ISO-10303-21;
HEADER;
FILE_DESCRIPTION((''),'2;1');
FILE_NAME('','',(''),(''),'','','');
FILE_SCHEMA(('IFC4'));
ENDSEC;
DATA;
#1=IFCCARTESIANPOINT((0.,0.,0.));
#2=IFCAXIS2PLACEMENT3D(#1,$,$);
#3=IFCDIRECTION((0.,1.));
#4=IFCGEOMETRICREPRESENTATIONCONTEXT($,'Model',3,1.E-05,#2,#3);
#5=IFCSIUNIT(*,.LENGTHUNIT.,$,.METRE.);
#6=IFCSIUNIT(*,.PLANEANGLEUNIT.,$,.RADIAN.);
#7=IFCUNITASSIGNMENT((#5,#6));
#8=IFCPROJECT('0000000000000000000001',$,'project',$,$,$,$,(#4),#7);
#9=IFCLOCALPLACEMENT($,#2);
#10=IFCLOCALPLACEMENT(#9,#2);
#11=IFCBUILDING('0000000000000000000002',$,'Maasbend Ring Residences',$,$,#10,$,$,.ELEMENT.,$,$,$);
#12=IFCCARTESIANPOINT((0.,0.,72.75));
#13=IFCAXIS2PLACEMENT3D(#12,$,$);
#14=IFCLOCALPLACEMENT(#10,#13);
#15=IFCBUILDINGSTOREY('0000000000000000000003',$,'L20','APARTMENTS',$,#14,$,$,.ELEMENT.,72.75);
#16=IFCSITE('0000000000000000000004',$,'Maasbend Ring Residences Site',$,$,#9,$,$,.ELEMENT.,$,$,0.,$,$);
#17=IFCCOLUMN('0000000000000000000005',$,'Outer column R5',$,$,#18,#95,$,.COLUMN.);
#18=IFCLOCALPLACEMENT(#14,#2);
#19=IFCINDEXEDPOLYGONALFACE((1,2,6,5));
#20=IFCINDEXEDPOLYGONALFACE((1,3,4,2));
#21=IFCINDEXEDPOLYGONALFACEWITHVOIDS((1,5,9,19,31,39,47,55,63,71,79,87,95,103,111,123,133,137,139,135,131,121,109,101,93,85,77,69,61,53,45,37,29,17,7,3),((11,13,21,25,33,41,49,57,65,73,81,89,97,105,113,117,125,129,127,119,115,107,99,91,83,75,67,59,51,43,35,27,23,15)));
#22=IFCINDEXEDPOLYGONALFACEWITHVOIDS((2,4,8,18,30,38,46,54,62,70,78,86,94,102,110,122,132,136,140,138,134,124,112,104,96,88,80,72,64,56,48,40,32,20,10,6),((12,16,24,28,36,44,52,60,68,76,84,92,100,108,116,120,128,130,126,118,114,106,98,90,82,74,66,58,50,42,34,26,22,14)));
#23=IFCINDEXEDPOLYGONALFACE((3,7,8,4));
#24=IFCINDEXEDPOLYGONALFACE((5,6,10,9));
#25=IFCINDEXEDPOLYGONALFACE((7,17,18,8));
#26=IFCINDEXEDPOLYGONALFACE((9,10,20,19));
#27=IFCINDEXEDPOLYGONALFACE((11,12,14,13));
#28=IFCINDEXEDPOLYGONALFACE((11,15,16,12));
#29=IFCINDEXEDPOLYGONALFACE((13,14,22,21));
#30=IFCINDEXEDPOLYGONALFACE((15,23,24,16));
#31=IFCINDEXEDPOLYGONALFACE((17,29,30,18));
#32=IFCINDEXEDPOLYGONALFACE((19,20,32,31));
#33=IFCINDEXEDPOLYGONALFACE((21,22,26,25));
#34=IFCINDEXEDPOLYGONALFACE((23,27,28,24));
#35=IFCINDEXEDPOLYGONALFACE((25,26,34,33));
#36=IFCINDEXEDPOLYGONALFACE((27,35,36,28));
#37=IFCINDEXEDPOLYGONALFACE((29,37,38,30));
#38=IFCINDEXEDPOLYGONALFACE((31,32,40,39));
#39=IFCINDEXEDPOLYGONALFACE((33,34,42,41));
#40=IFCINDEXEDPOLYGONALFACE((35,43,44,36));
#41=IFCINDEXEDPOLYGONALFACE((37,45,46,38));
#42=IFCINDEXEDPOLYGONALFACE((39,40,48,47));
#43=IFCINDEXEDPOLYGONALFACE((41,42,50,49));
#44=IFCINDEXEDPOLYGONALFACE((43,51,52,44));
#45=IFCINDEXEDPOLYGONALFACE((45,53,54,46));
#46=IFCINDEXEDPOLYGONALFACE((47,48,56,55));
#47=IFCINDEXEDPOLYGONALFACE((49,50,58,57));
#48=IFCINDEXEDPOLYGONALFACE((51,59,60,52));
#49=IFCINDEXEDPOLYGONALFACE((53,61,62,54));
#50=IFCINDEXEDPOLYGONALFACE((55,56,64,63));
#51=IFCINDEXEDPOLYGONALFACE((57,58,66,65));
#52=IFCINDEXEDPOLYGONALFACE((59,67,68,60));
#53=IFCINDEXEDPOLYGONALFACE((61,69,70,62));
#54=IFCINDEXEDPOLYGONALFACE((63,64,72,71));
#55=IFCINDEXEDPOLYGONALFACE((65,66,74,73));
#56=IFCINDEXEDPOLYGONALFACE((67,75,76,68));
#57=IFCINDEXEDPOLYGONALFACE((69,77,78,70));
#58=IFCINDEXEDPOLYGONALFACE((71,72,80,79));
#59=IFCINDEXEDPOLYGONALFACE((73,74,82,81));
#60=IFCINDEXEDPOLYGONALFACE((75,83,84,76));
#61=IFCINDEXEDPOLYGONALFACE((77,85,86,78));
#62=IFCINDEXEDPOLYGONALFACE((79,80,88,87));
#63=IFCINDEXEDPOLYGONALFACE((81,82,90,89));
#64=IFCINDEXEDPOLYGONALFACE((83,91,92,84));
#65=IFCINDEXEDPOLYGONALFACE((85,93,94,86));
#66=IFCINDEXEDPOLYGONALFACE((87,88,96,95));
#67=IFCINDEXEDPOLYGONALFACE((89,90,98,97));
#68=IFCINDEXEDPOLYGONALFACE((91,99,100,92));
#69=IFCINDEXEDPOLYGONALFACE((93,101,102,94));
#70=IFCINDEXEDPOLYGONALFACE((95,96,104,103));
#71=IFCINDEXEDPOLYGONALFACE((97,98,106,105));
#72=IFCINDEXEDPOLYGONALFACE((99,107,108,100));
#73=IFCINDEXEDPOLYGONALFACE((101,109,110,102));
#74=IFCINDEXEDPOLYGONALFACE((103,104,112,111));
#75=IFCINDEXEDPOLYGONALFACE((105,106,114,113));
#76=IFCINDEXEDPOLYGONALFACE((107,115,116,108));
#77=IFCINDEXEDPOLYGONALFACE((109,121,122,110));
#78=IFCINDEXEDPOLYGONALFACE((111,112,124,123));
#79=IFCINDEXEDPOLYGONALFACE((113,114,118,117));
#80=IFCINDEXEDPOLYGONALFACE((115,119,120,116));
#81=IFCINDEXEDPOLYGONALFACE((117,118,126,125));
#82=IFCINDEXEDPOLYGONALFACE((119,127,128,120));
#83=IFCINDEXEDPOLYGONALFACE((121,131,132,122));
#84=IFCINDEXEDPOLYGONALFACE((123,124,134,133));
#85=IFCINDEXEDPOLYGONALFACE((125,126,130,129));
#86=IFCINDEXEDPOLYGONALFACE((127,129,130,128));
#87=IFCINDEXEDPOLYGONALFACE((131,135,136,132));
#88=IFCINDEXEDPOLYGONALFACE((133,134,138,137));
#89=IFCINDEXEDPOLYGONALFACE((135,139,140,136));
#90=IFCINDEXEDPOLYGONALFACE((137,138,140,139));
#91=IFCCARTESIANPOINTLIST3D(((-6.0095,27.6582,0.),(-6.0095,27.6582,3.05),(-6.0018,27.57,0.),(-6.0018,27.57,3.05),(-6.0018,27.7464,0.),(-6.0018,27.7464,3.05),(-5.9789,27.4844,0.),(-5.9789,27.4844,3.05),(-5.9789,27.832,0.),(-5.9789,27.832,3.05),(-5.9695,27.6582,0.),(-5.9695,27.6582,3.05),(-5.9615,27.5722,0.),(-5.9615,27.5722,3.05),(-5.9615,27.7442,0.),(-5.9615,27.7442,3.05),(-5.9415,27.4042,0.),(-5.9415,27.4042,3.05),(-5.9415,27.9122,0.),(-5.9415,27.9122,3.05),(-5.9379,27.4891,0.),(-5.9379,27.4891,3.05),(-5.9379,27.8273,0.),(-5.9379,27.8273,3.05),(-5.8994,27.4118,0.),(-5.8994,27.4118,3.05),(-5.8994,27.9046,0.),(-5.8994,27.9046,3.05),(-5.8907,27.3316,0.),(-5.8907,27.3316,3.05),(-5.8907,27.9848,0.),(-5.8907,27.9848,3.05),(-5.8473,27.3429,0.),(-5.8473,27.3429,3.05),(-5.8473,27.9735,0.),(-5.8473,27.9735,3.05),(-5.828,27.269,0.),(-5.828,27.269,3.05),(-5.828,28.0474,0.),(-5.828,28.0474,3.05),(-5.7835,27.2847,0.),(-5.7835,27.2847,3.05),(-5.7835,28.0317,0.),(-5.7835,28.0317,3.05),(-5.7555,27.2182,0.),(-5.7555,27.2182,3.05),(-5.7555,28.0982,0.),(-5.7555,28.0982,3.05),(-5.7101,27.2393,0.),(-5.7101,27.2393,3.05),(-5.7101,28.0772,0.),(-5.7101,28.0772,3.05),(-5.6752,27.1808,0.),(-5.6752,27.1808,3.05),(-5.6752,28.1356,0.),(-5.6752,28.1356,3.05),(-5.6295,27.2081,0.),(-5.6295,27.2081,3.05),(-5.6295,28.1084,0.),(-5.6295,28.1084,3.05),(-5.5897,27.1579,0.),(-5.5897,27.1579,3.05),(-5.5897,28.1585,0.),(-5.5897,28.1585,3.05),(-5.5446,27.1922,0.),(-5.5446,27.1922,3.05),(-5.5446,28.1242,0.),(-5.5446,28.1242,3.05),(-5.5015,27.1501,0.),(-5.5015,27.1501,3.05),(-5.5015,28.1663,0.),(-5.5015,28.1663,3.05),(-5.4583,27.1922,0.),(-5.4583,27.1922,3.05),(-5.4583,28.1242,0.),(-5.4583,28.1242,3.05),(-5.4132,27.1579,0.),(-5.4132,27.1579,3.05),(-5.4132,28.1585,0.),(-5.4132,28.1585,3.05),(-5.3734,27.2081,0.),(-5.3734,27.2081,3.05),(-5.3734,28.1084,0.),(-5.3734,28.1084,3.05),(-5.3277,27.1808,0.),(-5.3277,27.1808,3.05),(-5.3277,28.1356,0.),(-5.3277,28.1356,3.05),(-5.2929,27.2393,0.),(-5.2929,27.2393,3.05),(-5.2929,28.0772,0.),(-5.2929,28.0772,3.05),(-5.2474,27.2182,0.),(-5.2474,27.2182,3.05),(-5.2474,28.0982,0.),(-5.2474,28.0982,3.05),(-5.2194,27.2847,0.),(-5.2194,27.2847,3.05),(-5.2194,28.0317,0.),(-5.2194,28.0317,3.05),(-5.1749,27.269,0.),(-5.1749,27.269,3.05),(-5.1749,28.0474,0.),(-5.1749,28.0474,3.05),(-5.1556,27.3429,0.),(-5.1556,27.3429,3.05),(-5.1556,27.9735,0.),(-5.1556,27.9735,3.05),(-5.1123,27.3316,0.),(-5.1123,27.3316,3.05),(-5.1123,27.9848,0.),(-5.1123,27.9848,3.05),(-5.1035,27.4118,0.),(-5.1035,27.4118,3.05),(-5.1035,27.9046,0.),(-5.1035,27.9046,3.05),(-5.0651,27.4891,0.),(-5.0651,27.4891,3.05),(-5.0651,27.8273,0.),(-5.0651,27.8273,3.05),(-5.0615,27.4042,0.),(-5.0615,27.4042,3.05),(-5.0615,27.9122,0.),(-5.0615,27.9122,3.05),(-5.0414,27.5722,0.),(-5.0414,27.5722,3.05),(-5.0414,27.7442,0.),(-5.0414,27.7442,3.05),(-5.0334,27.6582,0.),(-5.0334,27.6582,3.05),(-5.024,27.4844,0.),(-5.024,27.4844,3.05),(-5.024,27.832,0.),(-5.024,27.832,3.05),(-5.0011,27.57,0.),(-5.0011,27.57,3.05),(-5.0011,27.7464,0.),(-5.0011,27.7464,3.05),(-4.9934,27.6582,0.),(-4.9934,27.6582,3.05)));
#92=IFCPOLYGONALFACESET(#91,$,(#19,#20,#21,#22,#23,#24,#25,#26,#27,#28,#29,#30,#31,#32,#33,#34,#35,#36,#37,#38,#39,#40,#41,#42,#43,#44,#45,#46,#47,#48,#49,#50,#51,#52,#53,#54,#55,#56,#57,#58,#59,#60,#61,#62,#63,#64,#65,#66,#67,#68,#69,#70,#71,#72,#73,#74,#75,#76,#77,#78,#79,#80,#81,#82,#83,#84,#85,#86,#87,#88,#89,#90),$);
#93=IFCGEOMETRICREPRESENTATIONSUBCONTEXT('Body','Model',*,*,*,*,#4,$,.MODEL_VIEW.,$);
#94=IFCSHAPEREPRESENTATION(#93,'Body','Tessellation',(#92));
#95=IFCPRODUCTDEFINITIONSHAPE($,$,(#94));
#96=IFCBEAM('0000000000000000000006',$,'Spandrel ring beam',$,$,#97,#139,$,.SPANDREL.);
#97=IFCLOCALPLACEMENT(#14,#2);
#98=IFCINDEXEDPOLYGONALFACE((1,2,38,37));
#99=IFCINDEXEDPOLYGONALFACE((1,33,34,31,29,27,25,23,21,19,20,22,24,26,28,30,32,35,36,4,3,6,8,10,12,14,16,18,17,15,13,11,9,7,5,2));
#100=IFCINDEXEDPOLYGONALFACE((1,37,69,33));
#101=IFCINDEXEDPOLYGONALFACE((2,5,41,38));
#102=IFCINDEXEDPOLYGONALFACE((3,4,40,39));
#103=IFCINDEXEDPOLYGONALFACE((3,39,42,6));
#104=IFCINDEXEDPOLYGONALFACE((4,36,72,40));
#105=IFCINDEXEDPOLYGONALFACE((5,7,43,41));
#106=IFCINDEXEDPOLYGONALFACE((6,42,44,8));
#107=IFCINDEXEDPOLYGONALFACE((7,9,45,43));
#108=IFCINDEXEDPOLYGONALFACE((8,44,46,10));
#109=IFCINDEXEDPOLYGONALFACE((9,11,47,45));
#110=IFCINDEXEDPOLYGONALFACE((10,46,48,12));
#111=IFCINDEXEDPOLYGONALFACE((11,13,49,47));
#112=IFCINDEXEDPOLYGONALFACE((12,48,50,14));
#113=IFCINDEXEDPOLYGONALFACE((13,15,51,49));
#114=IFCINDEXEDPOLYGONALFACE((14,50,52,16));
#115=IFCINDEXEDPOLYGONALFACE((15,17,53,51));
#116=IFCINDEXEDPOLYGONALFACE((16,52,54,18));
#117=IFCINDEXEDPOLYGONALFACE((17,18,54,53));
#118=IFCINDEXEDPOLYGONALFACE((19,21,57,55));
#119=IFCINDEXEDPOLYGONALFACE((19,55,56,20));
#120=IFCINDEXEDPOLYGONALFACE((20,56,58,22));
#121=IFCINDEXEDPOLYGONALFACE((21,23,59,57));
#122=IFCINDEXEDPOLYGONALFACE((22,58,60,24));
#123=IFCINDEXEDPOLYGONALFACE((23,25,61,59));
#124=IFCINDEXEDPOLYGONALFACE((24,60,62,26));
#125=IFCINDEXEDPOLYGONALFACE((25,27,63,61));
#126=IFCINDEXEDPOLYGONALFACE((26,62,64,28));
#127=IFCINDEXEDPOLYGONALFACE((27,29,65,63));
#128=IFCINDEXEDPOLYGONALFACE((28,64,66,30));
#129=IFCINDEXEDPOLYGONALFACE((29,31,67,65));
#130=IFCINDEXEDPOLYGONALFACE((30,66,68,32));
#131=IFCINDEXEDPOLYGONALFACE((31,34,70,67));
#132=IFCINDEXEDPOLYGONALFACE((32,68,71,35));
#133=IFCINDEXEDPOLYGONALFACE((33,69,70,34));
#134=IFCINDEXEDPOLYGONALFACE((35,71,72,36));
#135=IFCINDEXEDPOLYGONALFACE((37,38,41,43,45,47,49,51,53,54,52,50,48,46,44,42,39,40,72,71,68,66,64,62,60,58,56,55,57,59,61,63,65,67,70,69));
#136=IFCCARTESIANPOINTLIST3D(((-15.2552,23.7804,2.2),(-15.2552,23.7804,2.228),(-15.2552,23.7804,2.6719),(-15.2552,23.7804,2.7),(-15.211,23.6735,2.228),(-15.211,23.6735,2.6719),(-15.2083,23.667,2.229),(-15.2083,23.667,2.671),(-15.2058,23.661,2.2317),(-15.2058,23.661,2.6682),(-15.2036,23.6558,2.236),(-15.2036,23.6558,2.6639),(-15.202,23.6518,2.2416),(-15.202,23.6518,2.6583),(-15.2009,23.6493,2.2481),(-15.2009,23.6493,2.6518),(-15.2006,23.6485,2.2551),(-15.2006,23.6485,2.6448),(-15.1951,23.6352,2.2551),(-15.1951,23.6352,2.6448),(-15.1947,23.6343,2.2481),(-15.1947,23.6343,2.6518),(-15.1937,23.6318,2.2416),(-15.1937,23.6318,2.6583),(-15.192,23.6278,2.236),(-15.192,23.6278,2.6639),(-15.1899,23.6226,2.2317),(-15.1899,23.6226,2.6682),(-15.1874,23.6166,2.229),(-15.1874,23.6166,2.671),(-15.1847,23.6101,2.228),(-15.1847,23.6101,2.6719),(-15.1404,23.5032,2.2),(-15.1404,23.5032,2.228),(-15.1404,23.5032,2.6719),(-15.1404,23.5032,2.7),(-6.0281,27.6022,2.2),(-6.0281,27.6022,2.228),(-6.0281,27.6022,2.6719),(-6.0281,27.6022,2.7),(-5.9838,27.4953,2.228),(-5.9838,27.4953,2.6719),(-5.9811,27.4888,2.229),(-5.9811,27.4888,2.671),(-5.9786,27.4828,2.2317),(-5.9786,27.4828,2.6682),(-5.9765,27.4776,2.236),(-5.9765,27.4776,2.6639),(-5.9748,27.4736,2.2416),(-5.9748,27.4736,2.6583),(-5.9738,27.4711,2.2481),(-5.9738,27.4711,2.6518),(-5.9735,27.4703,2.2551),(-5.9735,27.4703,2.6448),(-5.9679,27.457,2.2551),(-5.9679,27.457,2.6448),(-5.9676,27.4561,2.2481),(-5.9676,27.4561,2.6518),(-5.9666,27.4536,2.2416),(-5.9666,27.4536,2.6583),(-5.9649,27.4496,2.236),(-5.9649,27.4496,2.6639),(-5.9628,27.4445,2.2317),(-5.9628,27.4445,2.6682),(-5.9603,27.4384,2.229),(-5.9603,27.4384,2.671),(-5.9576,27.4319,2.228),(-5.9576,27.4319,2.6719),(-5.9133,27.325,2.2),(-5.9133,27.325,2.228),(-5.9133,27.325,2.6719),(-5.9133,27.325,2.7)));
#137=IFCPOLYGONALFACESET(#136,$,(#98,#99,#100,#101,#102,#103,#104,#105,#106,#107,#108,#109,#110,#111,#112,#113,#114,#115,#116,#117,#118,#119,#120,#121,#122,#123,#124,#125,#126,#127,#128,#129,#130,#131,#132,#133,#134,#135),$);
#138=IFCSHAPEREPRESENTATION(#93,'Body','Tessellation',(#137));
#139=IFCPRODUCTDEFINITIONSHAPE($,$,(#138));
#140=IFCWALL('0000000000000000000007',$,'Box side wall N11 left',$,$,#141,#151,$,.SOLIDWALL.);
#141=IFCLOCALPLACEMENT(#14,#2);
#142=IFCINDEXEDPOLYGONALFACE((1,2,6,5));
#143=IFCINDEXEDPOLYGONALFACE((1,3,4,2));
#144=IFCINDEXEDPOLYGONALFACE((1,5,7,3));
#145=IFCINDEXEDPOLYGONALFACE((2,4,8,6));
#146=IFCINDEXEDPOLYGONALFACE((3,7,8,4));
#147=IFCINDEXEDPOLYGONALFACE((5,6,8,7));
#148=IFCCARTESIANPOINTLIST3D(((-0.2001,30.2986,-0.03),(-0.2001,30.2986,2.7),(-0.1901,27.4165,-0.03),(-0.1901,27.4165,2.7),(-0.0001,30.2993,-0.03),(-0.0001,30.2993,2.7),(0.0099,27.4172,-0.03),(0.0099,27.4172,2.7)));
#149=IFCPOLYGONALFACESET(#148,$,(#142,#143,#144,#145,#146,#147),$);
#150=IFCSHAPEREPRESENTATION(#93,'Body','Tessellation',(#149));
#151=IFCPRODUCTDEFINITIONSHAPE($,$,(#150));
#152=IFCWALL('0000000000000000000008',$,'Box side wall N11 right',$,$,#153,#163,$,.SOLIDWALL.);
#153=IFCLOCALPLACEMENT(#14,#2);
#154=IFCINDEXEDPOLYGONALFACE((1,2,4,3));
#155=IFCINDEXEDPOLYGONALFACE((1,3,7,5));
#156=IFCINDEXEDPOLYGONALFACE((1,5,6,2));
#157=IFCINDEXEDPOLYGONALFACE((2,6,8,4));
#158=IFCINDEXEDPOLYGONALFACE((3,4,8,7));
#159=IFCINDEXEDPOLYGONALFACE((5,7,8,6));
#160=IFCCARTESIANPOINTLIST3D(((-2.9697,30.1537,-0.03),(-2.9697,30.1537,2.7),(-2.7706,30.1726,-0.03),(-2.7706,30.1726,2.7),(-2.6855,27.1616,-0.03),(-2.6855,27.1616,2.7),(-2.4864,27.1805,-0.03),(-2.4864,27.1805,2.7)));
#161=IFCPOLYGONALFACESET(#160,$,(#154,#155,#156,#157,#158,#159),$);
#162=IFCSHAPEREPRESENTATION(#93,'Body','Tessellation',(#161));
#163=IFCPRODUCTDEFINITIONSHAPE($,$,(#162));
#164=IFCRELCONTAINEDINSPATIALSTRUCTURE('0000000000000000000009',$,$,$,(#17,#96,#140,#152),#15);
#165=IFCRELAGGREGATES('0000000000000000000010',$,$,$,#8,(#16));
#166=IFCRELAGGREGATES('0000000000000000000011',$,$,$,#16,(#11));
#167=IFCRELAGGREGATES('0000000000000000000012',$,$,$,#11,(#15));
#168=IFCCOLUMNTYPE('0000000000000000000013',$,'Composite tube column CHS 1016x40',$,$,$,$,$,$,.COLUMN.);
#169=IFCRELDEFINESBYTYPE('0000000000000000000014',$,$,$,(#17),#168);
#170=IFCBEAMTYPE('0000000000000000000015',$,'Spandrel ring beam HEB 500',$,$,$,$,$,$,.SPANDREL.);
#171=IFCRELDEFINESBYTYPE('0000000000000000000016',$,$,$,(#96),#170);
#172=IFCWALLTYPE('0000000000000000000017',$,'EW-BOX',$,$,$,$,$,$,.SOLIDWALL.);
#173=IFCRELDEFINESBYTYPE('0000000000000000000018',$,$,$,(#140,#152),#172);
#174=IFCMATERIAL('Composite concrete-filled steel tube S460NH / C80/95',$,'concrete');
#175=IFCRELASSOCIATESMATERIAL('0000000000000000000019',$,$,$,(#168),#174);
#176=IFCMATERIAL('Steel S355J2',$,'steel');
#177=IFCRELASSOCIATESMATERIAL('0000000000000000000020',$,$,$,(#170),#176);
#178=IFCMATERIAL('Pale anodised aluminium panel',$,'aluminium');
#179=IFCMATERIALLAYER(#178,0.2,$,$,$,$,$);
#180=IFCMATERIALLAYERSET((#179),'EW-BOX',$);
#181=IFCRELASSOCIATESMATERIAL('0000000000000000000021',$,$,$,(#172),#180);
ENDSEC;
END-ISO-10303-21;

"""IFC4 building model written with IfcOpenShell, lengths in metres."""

from ifc_helpers import new_model, si_unit, direction, frame, frame_2d, origin, origin_2d, place, context, subcontext, project, spatial, rectangle, hollow_circle, i_section, extrude, material, layer, layer_set, material_profile, profile_set, type_object, element, save


model = new_model("IFC4")

# Units and contexts
model_context = context("Model", 3, precision=1e-05, world=origin(), true_north=direction((0.0, 1.0)))
body_context = subcontext(model_context, "Body", "Model", "MODEL_VIEW")
ifc_project = project(units=[si_unit("LENGTHUNIT", "METRE"), si_unit("PLANEANGLEUNIT", "RADIAN")], contexts=[model_context])

# Site, building, storey
site_placement = place(None, origin())
site = spatial("IfcSite", under=ifc_project, at=site_placement, Name="Maasbend Ring Residences Site", CompositionType="ELEMENT", RefElevation=0.0)
building_placement = place(site_placement, origin())
building = spatial("IfcBuilding", under=site, at=building_placement, Name="Maasbend Ring Residences", CompositionType="ELEMENT")
storey_placement = place(building_placement, frame((0.0, 0.0, 72.75)))
storey = spatial("IfcBuildingStorey", under=building, at=storey_placement, Name="L20", Description="APARTMENTS", CompositionType="ELEMENT", Elevation=72.75)

# Column
ifc_material_1 = material(Name="Composite concrete-filled steel tube S460NH / C80/95", Category="concrete")
ifc_material_profile_1 = material_profile(ifc_material_1, hollow_circle(Radius=0.5081, WallThickness=0.04, at=origin_2d()), Name="Composite tube column CHS 1016x40")
ifc_profile_set_1 = profile_set([ifc_material_profile_1], Name="Composite concrete-filled steel tube S460NH / C80/95")
column_type = type_object("IfcColumnType", Name="Composite tube column CHS 1016x40", PredefinedType="COLUMN", material=ifc_profile_set_1)
column_placement = place(storey_placement, frame((-5.5015, 27.6582, 0.0), z_axis=(0.0, 0.0, 1.0), x_axis=(1.0, 0.0, 0.0)))
element("IfcColumn", 1, at=column_placement, inside=storey, type_object=column_type, Name="Outer column R5", PredefinedType="COLUMN", context=body_context, shape_type="SweptSolid", body=[
    extrude(hollow_circle(Radius=0.5081, WallThickness=0.04, at=origin_2d()), origin(), (0.0, 0.0, 1.0), 3.05),
])

# Beam
ifc_material_2 = material(Name="Steel S355J2", Category="steel")
ifc_material_profile_2 = material_profile(ifc_material_2, i_section(OverallWidth=0.3, OverallDepth=0.5, WebThickness=0.0144, FlangeThickness=0.0281, FilletRadius=0.0271, at=origin_2d()), Name="HEB 500")
ifc_profile_set_2 = profile_set([ifc_material_profile_2], Name="Steel S355J2")
beam_type = type_object("IfcBeamType", Name="Spandrel ring beam HEB 500", PredefinedType="SPANDREL", material=ifc_profile_set_2)
beam_placement = place(storey_placement, frame((-5.9707, 27.4636, 2.45), z_axis=(-0.923886, -0.382667, 0.0), x_axis=(0.382667, -0.923886, 0.0)))
element("IfcBeam", 2, at=beam_placement, inside=storey, type_object=beam_type, Name="Spandrel ring beam", PredefinedType="SPANDREL", context=body_context, shape_type="SweptSolid", body=[
    extrude(i_section(OverallWidth=0.3, OverallDepth=0.5, WebThickness=0.0144, FlangeThickness=0.0281, FilletRadius=0.0271, at=origin_2d()), origin(), (0.0, 0.0, 1.0), 9.9873),
])

# Walls
ifc_material_3 = material(Name="Pale anodised aluminium panel", Category="aluminium")
ifc_layer_1 = layer(ifc_material_3, 0.2)
ifc_layer_set_1 = layer_set([ifc_layer_1], Name="EW-BOX")
wall_type_1 = type_object("IfcWallType", Name="EW-BOX", PredefinedType="SOLIDWALL", material=ifc_layer_set_1)
wall_1_placement = place(storey_placement, frame((-0.0901, 27.417, -0.03), z_axis=(0.0, 0.0, 1.0), x_axis=(-0.003473, 0.999994, 0.0)))
element("IfcWall", 3, at=wall_1_placement, inside=storey, type_object=wall_type_1, Name="Box side wall N11 left", PredefinedType="SOLIDWALL", context=body_context, shape_type="SweptSolid", body=[
    extrude(rectangle(XDim=2.8821, YDim=0.2, at=frame_2d((1.4409, 0.0))), origin(), (0.0, 0.0, 1.0), 2.73),
])
wall_2_placement = place(storey_placement, frame((-2.5859, 27.1709, -0.03), z_axis=(0.0, 0.0, 1.0), x_axis=(-0.094548, 0.99552, 0.0)))
element("IfcWall", 4, at=wall_2_placement, inside=storey, type_object=wall_type_1, Name="Box side wall N11 right", PredefinedType="SOLIDWALL", context=body_context, shape_type="SweptSolid", body=[
    extrude(rectangle(XDim=3.0056, YDim=0.2, at=frame_2d((1.5029, 0.0))), origin(), (0.0, 0.0, 1.0), 2.73),
])

save(model, "model.ifc")
